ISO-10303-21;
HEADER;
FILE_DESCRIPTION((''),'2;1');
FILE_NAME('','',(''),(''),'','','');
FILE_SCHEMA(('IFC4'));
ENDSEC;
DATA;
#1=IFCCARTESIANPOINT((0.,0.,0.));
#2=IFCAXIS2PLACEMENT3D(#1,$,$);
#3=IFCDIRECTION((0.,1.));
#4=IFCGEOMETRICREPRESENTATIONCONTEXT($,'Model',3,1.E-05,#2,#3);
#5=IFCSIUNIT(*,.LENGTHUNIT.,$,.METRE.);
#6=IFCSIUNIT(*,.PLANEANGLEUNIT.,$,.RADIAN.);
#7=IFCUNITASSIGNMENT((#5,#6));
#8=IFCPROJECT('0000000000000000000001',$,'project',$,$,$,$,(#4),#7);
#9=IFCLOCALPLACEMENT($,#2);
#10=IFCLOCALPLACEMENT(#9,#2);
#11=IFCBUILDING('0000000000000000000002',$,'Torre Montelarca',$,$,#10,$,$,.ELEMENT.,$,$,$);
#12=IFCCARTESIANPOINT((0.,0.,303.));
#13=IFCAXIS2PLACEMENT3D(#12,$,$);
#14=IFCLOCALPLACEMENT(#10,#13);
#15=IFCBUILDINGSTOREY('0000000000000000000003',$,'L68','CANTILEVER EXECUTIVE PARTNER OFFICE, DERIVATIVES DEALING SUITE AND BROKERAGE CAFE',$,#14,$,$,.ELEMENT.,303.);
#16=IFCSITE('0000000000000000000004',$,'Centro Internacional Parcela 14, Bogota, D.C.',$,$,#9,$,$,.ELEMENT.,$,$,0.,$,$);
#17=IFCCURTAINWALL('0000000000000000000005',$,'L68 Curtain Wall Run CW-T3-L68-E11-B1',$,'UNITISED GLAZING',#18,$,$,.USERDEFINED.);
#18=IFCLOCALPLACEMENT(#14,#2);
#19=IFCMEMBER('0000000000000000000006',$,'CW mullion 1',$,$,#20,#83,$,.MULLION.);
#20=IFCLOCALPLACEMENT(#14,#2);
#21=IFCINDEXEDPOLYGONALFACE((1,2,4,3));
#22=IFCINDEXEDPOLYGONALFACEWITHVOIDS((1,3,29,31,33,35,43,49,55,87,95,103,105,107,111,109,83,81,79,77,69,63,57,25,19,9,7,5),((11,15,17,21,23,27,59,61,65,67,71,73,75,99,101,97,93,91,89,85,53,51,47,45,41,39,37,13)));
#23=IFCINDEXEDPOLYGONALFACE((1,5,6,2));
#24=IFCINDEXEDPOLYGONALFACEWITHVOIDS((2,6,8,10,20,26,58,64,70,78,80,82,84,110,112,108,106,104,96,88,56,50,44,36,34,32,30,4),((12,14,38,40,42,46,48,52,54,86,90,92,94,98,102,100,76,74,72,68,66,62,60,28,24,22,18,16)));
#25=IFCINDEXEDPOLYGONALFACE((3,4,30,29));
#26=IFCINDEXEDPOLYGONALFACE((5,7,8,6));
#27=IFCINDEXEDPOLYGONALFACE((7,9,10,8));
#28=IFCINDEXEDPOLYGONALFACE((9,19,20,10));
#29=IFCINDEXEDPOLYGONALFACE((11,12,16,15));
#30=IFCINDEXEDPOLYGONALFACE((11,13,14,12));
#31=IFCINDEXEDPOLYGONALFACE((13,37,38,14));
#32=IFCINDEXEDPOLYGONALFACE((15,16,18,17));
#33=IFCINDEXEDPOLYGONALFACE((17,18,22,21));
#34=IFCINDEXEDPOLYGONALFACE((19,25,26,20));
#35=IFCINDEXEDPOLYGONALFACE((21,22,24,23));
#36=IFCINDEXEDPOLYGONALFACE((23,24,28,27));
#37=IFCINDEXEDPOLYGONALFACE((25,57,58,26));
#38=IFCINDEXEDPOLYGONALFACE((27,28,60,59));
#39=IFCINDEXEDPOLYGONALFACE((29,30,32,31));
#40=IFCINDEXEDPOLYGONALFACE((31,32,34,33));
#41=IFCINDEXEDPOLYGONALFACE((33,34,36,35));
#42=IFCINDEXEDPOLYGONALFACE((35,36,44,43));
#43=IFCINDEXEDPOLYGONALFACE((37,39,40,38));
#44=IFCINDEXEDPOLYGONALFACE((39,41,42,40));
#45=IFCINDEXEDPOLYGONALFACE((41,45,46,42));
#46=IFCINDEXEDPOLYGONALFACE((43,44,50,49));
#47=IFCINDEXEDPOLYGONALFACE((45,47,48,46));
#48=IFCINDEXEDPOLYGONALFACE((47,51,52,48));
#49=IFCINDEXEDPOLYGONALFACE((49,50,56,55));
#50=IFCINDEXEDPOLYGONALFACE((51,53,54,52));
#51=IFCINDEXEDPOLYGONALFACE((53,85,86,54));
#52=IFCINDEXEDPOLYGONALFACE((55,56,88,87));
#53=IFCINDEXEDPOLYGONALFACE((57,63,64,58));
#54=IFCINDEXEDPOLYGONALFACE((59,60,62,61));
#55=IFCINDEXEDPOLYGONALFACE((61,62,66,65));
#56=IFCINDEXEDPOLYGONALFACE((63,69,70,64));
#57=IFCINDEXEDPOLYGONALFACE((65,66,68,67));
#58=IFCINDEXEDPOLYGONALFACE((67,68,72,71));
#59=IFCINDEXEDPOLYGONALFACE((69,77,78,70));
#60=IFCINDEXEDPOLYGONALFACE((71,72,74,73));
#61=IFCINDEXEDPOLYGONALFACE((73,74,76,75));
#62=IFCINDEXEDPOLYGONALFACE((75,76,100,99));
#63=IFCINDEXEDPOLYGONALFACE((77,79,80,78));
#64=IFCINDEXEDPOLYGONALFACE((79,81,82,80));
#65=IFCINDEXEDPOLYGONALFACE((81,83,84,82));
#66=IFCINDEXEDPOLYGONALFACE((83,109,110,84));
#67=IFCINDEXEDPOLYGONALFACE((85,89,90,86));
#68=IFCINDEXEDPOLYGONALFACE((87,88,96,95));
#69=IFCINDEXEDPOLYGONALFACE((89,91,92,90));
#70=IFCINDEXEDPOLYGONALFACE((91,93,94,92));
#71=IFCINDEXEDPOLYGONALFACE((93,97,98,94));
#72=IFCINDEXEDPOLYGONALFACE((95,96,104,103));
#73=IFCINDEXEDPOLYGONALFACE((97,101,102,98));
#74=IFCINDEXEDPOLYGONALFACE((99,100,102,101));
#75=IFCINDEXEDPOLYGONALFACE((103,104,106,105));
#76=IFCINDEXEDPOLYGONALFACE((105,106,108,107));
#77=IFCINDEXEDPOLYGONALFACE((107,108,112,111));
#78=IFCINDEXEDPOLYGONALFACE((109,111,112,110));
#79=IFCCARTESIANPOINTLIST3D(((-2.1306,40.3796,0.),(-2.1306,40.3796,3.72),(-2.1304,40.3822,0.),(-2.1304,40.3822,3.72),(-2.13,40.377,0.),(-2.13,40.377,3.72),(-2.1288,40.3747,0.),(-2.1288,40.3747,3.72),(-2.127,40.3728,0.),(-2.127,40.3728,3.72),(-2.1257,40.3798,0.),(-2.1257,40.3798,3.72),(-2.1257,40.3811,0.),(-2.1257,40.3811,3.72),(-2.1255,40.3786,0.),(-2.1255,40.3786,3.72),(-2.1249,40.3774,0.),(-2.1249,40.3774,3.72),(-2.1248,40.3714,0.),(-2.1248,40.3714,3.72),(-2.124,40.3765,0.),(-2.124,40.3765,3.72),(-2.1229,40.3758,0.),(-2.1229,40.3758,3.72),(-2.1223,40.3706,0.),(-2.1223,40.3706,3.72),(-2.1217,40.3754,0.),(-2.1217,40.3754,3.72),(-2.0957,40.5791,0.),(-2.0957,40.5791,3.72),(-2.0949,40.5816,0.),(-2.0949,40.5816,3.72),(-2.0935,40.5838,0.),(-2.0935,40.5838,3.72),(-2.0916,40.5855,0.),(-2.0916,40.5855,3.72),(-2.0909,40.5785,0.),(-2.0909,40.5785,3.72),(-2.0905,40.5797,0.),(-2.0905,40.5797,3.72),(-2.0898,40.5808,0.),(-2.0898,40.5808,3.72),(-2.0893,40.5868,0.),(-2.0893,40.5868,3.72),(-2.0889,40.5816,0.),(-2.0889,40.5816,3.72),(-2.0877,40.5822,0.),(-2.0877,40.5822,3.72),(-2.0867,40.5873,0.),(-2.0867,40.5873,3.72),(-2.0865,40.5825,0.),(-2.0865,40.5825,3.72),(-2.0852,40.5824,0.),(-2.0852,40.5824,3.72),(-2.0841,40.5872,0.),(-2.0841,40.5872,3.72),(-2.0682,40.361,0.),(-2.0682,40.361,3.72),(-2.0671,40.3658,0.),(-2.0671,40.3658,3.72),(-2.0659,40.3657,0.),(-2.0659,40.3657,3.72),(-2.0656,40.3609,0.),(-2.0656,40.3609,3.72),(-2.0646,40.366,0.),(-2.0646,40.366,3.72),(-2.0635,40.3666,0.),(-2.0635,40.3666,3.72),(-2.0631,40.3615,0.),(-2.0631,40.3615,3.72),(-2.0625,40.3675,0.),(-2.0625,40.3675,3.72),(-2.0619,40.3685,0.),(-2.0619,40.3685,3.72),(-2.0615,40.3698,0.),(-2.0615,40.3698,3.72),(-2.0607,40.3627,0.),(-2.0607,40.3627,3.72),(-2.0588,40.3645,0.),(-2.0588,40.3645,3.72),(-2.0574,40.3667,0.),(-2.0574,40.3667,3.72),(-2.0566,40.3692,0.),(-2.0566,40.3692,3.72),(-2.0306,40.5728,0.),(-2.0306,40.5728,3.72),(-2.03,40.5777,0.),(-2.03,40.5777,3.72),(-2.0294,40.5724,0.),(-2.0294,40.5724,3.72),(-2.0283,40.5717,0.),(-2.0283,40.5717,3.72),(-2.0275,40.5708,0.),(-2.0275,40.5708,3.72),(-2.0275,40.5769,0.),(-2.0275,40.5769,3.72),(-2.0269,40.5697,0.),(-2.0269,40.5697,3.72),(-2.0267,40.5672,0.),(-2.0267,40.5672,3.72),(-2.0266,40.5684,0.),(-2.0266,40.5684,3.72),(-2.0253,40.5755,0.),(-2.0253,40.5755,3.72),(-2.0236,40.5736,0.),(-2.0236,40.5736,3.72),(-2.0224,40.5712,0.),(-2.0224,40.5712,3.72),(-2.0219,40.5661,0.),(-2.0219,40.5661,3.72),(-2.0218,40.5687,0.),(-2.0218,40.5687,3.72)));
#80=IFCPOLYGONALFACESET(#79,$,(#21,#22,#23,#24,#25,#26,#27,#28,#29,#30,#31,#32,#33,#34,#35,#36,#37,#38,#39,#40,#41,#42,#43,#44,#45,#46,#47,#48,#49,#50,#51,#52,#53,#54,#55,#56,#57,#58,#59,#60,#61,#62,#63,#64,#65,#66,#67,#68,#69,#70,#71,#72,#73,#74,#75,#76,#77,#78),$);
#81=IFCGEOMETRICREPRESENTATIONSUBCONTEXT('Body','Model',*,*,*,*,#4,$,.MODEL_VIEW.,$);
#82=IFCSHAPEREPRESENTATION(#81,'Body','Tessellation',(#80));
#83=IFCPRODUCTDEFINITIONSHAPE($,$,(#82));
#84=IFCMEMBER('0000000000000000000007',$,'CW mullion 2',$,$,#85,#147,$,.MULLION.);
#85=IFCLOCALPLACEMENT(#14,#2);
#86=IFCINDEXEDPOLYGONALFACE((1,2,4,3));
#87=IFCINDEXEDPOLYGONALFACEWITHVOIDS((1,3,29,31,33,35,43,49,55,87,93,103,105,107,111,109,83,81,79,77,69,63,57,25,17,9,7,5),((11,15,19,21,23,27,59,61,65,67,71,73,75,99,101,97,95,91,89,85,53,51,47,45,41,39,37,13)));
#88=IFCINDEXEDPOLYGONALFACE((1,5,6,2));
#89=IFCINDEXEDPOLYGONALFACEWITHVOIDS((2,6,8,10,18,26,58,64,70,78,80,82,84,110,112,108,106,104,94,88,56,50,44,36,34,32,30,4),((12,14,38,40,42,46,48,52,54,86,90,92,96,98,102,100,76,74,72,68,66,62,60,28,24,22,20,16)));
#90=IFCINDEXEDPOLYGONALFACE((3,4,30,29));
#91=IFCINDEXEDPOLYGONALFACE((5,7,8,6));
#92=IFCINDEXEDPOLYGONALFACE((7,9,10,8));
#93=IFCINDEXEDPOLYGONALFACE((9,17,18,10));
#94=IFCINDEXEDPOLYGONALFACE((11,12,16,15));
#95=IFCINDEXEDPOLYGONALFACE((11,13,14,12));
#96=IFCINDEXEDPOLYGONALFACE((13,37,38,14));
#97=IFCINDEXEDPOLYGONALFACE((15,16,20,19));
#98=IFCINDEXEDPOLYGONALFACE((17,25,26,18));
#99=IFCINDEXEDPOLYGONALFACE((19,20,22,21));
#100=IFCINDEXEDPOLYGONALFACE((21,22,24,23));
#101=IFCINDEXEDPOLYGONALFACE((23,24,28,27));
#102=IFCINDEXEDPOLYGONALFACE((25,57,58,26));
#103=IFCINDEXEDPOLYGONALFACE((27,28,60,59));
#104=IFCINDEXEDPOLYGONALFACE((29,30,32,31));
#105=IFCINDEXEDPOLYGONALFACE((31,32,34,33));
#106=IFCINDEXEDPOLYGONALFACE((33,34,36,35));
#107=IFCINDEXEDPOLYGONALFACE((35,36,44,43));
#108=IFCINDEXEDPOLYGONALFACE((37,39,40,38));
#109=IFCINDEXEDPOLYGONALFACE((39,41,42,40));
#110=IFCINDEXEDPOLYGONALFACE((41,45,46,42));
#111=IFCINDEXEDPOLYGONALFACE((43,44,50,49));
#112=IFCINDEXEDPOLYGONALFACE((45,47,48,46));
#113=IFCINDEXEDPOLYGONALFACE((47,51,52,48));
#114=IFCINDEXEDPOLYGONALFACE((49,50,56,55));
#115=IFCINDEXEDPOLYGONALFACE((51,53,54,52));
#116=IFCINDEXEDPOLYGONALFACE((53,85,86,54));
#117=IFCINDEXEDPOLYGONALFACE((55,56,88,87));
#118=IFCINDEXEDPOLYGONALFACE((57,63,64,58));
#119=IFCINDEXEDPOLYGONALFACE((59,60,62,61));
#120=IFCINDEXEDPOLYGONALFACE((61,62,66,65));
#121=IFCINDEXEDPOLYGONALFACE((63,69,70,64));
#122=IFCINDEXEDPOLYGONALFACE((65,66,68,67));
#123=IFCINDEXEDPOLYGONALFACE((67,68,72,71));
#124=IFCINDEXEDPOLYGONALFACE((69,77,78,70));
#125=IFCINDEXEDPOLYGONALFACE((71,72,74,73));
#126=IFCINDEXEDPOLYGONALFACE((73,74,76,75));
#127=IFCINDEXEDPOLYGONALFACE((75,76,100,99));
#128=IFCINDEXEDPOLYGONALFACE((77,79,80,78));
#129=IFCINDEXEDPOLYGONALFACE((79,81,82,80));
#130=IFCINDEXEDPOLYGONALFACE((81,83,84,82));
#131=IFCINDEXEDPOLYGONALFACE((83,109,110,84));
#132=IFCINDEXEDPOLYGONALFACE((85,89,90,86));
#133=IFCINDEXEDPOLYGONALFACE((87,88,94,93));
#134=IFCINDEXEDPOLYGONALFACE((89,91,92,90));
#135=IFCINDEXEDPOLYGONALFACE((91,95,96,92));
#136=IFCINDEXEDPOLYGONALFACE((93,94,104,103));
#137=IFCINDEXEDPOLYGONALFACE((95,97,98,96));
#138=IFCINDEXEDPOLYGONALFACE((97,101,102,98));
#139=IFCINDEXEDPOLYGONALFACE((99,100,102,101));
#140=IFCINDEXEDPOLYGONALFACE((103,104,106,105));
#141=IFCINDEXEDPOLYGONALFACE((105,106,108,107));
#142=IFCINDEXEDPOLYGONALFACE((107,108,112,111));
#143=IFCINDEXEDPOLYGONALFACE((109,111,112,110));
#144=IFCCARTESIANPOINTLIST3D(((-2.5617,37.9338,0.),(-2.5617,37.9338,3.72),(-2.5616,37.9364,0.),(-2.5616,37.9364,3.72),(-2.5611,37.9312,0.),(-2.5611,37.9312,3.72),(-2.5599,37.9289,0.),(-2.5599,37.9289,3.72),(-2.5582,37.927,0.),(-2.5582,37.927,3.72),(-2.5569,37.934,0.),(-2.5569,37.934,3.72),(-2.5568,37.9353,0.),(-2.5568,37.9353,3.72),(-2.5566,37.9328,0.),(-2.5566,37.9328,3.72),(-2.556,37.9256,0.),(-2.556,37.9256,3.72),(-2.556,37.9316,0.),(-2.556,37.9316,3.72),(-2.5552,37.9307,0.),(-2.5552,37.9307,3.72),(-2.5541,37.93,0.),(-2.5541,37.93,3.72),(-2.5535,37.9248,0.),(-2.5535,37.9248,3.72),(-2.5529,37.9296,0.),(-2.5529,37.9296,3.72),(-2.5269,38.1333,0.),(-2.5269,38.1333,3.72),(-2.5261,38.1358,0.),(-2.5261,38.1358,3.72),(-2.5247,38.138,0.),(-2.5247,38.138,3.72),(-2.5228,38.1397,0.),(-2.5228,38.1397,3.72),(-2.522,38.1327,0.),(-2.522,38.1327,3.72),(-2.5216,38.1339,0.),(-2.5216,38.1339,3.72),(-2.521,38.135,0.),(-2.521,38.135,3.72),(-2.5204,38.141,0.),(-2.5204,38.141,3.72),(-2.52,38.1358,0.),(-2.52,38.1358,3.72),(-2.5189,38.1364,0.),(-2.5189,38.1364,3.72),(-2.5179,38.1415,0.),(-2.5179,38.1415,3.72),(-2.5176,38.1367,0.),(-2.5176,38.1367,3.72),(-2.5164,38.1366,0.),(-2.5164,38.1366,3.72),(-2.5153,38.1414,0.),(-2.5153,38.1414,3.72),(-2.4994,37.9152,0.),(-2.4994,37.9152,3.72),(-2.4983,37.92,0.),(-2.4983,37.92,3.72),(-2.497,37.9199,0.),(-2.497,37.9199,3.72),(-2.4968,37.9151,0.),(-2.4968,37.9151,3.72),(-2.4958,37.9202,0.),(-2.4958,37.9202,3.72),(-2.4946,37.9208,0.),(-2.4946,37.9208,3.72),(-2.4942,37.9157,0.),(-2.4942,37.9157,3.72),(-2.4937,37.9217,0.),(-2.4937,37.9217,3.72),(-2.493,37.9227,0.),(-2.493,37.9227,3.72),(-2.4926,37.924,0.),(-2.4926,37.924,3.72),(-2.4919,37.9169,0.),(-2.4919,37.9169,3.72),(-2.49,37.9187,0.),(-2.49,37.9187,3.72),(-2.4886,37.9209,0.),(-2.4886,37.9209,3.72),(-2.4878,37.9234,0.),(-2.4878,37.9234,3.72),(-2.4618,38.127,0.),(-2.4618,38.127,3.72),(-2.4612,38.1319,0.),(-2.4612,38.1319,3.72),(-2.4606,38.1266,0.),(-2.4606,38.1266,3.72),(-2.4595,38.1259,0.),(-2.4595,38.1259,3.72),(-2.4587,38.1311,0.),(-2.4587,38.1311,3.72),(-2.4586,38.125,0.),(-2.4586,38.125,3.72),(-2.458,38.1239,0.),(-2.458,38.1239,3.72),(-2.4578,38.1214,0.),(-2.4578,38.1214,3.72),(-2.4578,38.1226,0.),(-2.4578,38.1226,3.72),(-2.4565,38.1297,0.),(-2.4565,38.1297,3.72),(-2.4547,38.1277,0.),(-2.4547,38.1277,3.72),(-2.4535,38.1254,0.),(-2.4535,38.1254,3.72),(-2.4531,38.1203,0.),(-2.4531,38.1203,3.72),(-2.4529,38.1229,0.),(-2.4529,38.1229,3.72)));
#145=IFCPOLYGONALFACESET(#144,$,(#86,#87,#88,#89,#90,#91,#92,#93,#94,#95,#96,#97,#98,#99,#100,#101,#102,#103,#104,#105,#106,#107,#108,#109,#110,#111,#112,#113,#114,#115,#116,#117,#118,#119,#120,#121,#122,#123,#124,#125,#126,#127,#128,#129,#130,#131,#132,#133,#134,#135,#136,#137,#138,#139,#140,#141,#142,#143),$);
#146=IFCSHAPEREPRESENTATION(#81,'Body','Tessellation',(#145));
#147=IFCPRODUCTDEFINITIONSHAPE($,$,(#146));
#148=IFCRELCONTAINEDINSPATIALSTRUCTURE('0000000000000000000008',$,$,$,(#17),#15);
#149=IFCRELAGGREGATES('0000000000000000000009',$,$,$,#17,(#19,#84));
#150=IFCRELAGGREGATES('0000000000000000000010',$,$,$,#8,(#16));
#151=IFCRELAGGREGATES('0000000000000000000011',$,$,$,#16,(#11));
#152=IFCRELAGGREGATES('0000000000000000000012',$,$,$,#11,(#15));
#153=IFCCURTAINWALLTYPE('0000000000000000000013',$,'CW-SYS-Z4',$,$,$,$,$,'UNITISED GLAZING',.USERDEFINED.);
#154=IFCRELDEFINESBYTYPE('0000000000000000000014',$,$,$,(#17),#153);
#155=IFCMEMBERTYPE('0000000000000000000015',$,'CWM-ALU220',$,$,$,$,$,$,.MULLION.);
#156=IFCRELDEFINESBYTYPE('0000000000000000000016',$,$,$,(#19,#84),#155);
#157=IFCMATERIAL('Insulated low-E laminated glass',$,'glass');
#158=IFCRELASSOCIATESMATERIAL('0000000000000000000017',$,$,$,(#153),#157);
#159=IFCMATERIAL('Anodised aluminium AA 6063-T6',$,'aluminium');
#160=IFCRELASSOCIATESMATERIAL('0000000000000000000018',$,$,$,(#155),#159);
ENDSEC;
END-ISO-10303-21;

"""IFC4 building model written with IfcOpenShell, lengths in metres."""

from ifc_helpers import new_model, si_unit, direction, frame, origin, origin_2d, place, context, subcontext, project, spatial, hollow_rectangle, extrude, source, transform, mapped, material, material_profile, profile_set, type_object, element, aggregate, save


model = new_model("IFC4")

# Units and contexts
model_context = context("Model", 3, precision=1e-05, world=origin(), true_north=direction((0.0, 1.0)))
body_context = subcontext(model_context, "Body", "Model", "MODEL_VIEW")
ifc_project = project(units=[si_unit("LENGTHUNIT", "METRE"), si_unit("PLANEANGLEUNIT", "RADIAN")], contexts=[model_context])

# Site, building, storey
site_placement = place(None, origin())
site = spatial("IfcSite", under=ifc_project, at=site_placement, Name="Centro Internacional Parcela 14, Bogota, D.C.", CompositionType="ELEMENT", RefElevation=0.0)
building_placement = place(site_placement, origin())
building = spatial("IfcBuilding", under=site, at=building_placement, Name="Torre Montelarca", CompositionType="ELEMENT")
storey_placement = place(building_placement, frame((0.0, 0.0, 303.0)))
storey = spatial("IfcBuildingStorey", under=building, at=storey_placement, Name="L68", Description="CANTILEVER EXECUTIVE PARTNER OFFICE, DERIVATIVES DEALING SUITE AND BROKERAGE CAFE", CompositionType="ELEMENT", Elevation=303.0)

# Curtain wall, members
ifc_material_1 = material(Name="Insulated low-E laminated glass", Category="glass")
curtain_wall_type = type_object("IfcCurtainWallType", Name="CW-SYS-Z4", ElementType="UNITISED GLAZING", PredefinedType="USERDEFINED", material=ifc_material_1)
ifc_material_2 = material(Name="Anodised aluminium AA 6063-T6", Category="aluminium")
ifc_material_profile_1 = material_profile(ifc_material_2, hollow_rectangle(XDim=0.075, YDim=0.22, WallThickness=0.0049, InnerFilletRadius=0.0049, OuterFilletRadius=0.01, at=origin_2d()), Name="ALU75X220X5", Category="aluminium")
ifc_profile_set_1 = profile_set([ifc_material_profile_1], Name="Anodised aluminium AA 6063-T6")
member_type_1 = type_object("IfcMemberType", Name="CWM-ALU220", PredefinedType="MULLION", material=ifc_profile_set_1)
shared_shape_1 = source(origin(), body_context, "Body", "SweptSolid", [
    extrude(hollow_rectangle(XDim=0.075, YDim=0.22, WallThickness=0.0049, InnerFilletRadius=0.0049, OuterFilletRadius=0.01, at=origin_2d()), origin(), (0.0, 0.0, 1.0), 3.72),
])
curtain_wall_1_placement = place(storey_placement, origin())
curtain_wall_1 = element("IfcCurtainWall", 1, at=curtain_wall_1_placement, inside=storey, type_object=curtain_wall_type, Name="L68 Curtain Wall Run CW-T3-L68-E11-B1", ObjectType="UNITISED GLAZING", PredefinedType="USERDEFINED")
member_1_placement = place(storey_placement, frame((-2.0762, 40.4741, 0.0), z_axis=(0.0, 0.0, 1.0), x_axis=(0.98481, -0.173635, 0.0)))
member_1 = element("IfcMember", 2, at=member_1_placement, type_object=member_type_1, Name="CW mullion 1", PredefinedType="MULLION", context=body_context, shape_type="MappedRepresentation", body=[
    mapped(shared_shape_1, transform((0.0, 0.0, 0.0), scale=1.0)),
])
member_2_placement = place(storey_placement, frame((-2.5073, 38.0283, 0.0), z_axis=(0.0, 0.0, 1.0), x_axis=(0.98481, -0.173635, 0.0)))
member_2 = element("IfcMember", 3, at=member_2_placement, type_object=member_type_1, Name="CW mullion 2", PredefinedType="MULLION", context=body_context, shape_type="MappedRepresentation", body=[
    mapped(shared_shape_1, transform((0.0, 0.0, 0.0), scale=1.0)),
])

aggregate(curtain_wall_1, [member_1, member_2])

save(model, "model.ifc")
